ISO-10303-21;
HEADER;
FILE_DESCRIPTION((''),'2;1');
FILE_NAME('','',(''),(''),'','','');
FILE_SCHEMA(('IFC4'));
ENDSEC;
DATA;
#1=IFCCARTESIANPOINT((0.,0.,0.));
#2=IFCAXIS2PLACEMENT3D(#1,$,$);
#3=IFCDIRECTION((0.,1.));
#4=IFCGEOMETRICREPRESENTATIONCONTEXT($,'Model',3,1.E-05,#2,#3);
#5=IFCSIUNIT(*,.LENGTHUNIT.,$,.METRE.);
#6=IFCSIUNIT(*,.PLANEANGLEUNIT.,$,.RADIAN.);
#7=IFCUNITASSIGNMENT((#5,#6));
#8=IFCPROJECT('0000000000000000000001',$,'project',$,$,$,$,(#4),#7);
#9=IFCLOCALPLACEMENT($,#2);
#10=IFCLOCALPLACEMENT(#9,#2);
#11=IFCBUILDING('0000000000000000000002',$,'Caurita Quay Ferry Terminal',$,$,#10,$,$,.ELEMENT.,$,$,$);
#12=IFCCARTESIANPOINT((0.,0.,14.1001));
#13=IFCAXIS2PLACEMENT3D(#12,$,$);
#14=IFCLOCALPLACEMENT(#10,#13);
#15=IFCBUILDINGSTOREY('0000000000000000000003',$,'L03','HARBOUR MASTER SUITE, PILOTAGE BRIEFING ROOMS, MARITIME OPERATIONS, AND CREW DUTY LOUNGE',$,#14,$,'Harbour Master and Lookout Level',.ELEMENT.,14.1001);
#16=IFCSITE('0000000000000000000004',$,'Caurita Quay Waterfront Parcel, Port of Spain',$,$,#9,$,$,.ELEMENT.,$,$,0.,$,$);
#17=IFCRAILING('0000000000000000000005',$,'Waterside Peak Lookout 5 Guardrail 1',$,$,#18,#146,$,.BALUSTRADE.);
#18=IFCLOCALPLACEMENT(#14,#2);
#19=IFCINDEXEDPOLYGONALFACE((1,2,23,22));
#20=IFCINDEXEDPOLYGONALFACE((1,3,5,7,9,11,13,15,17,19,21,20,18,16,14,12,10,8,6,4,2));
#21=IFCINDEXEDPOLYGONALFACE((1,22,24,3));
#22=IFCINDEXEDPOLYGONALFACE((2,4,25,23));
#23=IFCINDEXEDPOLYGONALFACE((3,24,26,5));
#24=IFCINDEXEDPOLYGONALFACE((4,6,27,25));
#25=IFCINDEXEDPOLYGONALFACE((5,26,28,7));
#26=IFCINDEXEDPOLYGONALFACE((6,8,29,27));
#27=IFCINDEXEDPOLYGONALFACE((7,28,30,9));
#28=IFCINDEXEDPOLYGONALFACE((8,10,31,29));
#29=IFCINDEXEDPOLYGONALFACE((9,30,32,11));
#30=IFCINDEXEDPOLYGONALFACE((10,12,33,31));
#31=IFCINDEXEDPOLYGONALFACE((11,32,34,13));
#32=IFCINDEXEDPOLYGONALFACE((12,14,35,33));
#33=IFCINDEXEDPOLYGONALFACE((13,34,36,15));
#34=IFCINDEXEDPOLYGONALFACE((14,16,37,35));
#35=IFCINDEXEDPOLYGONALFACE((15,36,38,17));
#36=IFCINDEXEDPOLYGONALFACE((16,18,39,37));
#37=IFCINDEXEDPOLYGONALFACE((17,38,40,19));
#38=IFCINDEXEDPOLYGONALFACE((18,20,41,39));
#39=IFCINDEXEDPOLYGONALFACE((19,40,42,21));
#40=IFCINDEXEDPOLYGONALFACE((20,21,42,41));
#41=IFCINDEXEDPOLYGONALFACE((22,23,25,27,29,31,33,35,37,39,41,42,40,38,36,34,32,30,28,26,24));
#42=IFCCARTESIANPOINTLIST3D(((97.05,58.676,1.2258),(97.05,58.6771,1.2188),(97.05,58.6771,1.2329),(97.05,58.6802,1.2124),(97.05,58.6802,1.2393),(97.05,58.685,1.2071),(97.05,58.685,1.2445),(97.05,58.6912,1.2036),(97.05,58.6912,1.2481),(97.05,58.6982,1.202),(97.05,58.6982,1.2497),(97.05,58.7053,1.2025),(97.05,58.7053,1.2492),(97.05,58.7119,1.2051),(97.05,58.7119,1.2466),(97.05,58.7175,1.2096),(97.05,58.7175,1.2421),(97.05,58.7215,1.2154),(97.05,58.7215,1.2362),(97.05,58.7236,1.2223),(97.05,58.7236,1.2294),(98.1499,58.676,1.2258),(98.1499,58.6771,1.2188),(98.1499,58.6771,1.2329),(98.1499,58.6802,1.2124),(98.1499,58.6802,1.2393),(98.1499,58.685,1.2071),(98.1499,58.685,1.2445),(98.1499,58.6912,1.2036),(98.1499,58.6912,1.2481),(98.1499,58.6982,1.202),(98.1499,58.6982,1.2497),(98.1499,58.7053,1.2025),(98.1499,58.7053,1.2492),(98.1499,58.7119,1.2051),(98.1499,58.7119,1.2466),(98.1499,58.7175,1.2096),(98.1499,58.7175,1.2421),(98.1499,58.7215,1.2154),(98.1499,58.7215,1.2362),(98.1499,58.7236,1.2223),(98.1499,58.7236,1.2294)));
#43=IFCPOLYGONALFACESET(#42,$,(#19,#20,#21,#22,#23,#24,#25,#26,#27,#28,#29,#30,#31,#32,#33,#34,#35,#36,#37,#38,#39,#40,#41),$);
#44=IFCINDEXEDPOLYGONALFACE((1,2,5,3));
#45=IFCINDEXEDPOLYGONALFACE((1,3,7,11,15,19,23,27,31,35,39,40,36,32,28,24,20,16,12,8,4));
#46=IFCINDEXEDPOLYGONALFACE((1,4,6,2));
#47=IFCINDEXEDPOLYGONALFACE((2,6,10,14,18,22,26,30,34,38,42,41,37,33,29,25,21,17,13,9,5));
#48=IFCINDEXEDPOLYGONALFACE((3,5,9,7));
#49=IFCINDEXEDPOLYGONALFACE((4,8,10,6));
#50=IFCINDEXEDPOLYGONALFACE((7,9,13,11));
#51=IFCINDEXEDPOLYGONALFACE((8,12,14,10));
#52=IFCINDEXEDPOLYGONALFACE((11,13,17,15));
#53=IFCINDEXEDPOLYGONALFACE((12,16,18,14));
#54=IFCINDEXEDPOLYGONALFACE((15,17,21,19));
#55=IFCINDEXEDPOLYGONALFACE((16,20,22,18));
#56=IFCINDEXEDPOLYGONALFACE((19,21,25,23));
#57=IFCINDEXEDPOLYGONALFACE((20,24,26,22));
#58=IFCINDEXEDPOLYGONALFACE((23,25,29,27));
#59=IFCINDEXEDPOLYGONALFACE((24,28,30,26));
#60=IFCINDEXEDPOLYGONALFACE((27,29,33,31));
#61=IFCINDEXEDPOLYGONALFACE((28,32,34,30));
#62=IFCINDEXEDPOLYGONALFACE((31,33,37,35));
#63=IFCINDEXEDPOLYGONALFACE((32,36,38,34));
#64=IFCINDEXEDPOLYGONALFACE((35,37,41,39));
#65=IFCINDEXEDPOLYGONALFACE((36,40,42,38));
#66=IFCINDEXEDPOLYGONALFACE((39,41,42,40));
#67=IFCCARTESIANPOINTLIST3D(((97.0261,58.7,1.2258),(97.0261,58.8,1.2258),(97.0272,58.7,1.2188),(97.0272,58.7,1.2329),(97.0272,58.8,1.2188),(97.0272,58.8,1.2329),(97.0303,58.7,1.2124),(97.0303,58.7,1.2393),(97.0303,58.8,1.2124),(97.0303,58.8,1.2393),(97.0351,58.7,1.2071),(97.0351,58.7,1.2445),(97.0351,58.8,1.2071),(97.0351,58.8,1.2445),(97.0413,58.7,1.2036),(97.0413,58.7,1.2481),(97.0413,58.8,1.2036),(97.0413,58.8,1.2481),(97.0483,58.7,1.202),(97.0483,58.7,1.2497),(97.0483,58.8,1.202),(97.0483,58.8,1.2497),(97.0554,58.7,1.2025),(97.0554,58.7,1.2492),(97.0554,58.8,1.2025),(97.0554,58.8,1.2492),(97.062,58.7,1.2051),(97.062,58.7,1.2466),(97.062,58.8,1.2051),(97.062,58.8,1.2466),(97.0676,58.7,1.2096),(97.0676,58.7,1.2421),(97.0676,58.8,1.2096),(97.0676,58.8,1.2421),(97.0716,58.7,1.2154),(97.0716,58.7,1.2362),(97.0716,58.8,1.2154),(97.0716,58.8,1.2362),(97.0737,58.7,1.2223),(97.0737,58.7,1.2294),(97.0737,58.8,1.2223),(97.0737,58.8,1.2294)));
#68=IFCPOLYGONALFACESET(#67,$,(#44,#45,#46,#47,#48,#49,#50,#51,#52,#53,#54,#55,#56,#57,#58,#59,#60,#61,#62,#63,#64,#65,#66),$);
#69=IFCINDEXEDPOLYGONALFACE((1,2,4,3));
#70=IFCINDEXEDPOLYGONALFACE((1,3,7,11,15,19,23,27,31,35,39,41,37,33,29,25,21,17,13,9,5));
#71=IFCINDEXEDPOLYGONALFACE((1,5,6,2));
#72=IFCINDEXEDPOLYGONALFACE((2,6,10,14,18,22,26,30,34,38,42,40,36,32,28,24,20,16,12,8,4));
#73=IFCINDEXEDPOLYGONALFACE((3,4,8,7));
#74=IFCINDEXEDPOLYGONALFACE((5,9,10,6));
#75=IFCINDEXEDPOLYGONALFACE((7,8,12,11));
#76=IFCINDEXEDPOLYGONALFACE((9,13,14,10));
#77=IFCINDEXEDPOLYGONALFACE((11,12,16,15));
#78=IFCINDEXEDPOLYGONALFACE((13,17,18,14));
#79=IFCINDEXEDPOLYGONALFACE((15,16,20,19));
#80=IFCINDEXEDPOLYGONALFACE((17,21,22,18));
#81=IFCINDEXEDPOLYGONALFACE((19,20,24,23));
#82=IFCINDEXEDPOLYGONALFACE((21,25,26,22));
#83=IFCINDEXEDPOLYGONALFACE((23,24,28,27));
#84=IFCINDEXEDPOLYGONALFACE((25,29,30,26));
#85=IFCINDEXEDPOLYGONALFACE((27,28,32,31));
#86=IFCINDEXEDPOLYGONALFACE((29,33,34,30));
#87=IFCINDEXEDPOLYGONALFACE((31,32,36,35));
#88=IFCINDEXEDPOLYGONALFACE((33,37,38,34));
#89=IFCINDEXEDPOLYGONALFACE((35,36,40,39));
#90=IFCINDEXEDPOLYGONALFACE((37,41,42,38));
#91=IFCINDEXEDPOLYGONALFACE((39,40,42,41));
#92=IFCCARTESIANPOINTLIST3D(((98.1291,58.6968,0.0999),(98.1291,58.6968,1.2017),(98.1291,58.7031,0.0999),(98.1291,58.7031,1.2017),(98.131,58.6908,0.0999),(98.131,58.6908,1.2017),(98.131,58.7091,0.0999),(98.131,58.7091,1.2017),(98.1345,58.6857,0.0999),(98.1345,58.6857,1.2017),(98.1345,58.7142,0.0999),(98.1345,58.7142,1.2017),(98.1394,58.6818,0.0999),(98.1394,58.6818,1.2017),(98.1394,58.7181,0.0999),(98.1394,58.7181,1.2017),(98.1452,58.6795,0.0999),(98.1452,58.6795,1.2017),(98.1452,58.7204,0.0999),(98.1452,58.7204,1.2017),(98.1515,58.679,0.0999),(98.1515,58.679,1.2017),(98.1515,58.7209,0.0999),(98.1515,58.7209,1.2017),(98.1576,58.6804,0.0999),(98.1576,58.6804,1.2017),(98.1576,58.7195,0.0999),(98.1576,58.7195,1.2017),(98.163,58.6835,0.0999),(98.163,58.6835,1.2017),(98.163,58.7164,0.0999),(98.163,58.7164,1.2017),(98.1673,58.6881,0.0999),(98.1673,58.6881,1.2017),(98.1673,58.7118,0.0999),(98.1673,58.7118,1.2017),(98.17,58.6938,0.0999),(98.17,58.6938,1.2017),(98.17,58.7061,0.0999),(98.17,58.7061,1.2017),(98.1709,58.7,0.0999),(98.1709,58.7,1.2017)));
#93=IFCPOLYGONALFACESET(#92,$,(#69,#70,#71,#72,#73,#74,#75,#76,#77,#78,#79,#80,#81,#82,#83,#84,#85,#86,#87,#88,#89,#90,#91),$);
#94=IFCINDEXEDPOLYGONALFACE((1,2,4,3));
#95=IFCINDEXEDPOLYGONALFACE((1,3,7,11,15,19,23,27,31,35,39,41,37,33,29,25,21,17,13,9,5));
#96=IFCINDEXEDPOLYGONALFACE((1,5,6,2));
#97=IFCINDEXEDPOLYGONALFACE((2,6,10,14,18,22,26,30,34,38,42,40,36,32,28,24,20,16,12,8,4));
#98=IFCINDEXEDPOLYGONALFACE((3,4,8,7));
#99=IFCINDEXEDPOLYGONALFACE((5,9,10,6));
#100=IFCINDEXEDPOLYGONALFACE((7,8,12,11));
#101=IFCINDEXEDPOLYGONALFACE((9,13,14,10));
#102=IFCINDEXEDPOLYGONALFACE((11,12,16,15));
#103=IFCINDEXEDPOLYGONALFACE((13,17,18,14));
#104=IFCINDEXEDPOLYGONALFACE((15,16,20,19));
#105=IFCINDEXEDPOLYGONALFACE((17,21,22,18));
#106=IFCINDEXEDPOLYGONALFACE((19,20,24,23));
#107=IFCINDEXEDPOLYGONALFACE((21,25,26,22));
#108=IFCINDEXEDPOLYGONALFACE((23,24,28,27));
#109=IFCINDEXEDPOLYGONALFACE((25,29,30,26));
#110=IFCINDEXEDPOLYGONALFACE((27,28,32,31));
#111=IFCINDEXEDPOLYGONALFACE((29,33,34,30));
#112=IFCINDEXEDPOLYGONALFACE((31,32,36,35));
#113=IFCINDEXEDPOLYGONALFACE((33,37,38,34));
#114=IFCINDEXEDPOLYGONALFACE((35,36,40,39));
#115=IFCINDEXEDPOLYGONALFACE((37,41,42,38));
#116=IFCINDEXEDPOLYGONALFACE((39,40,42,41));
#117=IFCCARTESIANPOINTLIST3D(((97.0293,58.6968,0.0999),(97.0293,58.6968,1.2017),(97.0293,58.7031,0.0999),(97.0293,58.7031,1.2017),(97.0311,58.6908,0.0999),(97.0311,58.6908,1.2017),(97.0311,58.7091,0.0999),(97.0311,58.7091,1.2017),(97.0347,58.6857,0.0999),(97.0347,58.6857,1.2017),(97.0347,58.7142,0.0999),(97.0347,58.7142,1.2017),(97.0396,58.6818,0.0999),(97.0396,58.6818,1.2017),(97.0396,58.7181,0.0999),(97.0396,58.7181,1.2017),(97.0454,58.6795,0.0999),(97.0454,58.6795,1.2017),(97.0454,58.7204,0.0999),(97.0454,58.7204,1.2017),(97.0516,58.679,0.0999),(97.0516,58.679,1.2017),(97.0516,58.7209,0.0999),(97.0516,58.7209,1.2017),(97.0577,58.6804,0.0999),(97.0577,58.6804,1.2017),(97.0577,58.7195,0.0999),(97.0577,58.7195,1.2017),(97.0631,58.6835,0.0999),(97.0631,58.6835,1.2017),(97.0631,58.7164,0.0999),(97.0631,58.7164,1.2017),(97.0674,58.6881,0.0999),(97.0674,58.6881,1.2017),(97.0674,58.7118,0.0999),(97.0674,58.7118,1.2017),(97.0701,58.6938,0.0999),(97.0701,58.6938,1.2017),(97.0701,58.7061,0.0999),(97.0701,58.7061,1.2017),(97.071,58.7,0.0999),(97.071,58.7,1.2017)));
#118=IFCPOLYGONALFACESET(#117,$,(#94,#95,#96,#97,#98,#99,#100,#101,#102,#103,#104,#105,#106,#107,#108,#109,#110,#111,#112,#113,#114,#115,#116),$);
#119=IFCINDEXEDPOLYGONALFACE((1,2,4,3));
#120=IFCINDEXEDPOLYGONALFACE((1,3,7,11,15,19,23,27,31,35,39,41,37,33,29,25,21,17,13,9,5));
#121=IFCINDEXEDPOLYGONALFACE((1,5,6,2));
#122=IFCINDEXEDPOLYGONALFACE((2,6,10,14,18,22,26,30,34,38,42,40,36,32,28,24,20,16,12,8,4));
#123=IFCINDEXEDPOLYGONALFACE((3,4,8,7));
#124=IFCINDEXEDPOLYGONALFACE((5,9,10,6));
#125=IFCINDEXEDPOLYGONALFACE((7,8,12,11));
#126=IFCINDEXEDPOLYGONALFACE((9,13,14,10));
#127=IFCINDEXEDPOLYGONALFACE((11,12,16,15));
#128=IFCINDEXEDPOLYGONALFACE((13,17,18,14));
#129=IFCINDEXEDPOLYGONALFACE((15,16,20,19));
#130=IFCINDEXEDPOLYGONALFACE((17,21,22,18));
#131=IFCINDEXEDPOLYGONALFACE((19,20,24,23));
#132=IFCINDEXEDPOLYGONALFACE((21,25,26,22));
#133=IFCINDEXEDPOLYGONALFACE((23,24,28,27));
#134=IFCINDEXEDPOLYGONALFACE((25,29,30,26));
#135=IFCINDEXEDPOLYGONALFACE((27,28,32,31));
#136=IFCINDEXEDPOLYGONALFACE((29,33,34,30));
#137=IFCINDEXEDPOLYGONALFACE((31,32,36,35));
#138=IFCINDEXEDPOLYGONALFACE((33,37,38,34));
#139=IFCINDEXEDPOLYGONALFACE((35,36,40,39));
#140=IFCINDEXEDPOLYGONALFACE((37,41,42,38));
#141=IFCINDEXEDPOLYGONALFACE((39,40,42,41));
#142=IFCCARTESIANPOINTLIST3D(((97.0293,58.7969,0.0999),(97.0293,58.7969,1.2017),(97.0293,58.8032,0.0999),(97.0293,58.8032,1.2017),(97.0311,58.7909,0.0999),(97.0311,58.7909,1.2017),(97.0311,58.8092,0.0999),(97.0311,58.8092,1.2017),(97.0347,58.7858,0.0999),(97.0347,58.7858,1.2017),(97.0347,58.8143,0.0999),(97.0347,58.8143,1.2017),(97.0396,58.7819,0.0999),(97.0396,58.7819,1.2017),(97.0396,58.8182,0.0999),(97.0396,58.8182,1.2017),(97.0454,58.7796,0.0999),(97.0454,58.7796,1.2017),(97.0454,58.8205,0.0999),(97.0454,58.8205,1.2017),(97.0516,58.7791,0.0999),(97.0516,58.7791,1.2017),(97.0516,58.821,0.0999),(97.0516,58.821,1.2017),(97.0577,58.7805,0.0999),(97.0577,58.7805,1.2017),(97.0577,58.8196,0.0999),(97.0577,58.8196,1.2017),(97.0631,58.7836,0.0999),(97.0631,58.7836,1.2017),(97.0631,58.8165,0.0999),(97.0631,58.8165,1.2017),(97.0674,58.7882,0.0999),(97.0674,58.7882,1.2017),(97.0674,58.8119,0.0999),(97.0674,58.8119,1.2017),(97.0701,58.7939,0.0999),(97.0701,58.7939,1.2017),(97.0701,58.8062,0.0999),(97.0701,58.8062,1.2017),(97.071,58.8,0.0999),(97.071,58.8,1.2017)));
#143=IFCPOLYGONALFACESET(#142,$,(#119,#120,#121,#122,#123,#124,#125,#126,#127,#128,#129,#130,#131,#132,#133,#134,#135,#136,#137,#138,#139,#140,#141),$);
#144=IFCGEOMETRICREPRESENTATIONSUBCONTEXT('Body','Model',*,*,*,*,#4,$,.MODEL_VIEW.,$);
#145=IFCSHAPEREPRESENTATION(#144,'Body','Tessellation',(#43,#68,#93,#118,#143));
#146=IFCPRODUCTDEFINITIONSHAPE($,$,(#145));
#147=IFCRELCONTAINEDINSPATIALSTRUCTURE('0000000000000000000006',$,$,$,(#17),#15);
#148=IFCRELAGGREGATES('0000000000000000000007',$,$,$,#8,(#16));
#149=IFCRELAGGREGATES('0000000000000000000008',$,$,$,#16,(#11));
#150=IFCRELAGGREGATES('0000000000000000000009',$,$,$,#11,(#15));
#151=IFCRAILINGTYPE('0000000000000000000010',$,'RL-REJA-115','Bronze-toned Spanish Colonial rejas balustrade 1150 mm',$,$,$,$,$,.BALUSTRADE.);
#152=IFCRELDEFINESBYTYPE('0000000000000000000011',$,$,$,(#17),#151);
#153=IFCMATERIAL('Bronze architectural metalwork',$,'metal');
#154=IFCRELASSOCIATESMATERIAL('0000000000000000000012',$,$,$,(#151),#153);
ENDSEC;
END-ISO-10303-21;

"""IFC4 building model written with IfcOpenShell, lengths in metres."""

from ifc_helpers import new_model, si_unit, direction, frame, origin, origin_2d, place, context, subcontext, project, spatial, circle, extrude, material, type_object, element, save


model = new_model("IFC4")

# Units and contexts
model_context = context("Model", 3, precision=1e-05, world=origin(), true_north=direction((0.0, 1.0)))
body_context = subcontext(model_context, "Body", "Model", "MODEL_VIEW")
ifc_project = project(units=[si_unit("LENGTHUNIT", "METRE"), si_unit("PLANEANGLEUNIT", "RADIAN")], contexts=[model_context])

# Site, building, storey
site_placement = place(None, origin())
site = spatial("IfcSite", under=ifc_project, at=site_placement, Name="Caurita Quay Waterfront Parcel, Port of Spain", CompositionType="ELEMENT", RefElevation=0.0)
building_placement = place(site_placement, origin())
building = spatial("IfcBuilding", under=site, at=building_placement, Name="Caurita Quay Ferry Terminal", CompositionType="ELEMENT")
storey_placement = place(building_placement, frame((0.0, 0.0, 14.1001)))
storey = spatial("IfcBuildingStorey", under=building, at=storey_placement, Name="L03", Description="HARBOUR MASTER SUITE, PILOTAGE BRIEFING ROOMS, MARITIME OPERATIONS, AND CREW DUTY LOUNGE", LongName="Harbour Master and Lookout Level", CompositionType="ELEMENT", Elevation=14.1001)

# Railing
ifc_material_1 = material(Name="Bronze architectural metalwork", Category="metal")
railing_type_1 = type_object("IfcRailingType", Name="RL-REJA-115", Description="Bronze-toned Spanish Colonial rejas balustrade 1150 mm", PredefinedType="BALUSTRADE", material=ifc_material_1)
railing_1_placement = place(storey_placement, frame((98.1499, 58.7, 0.0999)))
element("IfcRailing", 1, at=railing_1_placement, inside=storey, type_object=railing_type_1, Name="Waterside Peak Lookout 5 Guardrail 1", PredefinedType="BALUSTRADE", context=body_context, shape_type="SweptSolid", body=[
    extrude(circle(Radius=0.0239, at=origin_2d()), frame((0.0, 0.0, 1.126), z_axis=(-1.0, 0.0, 0.0), x_axis=(0.0, -1.0, 0.0)), (0.0, 0.0, 1.0), 1.0999),
    extrude(circle(Radius=0.0239, at=origin_2d()), frame((-1.0999, 0.0, 1.126), z_axis=(0.0, 1.0, 0.0), x_axis=(-1.0, 0.0, 0.0)), (0.0, 0.0, 1.0), 0.1001),
    extrude(circle(Radius=0.021, at=origin_2d()), origin(), (0.0, 0.0, 1.0), 1.1018),
    extrude(circle(Radius=0.021, at=origin_2d()), frame((-1.0999, 0.0, 0.0)), (0.0, 0.0, 1.0), 1.1018),
    extrude(circle(Radius=0.021, at=origin_2d()), frame((-1.0999, 0.1001, 0.0)), (0.0, 0.0, 1.0), 1.1018),
])

save(model, "model.ifc")
